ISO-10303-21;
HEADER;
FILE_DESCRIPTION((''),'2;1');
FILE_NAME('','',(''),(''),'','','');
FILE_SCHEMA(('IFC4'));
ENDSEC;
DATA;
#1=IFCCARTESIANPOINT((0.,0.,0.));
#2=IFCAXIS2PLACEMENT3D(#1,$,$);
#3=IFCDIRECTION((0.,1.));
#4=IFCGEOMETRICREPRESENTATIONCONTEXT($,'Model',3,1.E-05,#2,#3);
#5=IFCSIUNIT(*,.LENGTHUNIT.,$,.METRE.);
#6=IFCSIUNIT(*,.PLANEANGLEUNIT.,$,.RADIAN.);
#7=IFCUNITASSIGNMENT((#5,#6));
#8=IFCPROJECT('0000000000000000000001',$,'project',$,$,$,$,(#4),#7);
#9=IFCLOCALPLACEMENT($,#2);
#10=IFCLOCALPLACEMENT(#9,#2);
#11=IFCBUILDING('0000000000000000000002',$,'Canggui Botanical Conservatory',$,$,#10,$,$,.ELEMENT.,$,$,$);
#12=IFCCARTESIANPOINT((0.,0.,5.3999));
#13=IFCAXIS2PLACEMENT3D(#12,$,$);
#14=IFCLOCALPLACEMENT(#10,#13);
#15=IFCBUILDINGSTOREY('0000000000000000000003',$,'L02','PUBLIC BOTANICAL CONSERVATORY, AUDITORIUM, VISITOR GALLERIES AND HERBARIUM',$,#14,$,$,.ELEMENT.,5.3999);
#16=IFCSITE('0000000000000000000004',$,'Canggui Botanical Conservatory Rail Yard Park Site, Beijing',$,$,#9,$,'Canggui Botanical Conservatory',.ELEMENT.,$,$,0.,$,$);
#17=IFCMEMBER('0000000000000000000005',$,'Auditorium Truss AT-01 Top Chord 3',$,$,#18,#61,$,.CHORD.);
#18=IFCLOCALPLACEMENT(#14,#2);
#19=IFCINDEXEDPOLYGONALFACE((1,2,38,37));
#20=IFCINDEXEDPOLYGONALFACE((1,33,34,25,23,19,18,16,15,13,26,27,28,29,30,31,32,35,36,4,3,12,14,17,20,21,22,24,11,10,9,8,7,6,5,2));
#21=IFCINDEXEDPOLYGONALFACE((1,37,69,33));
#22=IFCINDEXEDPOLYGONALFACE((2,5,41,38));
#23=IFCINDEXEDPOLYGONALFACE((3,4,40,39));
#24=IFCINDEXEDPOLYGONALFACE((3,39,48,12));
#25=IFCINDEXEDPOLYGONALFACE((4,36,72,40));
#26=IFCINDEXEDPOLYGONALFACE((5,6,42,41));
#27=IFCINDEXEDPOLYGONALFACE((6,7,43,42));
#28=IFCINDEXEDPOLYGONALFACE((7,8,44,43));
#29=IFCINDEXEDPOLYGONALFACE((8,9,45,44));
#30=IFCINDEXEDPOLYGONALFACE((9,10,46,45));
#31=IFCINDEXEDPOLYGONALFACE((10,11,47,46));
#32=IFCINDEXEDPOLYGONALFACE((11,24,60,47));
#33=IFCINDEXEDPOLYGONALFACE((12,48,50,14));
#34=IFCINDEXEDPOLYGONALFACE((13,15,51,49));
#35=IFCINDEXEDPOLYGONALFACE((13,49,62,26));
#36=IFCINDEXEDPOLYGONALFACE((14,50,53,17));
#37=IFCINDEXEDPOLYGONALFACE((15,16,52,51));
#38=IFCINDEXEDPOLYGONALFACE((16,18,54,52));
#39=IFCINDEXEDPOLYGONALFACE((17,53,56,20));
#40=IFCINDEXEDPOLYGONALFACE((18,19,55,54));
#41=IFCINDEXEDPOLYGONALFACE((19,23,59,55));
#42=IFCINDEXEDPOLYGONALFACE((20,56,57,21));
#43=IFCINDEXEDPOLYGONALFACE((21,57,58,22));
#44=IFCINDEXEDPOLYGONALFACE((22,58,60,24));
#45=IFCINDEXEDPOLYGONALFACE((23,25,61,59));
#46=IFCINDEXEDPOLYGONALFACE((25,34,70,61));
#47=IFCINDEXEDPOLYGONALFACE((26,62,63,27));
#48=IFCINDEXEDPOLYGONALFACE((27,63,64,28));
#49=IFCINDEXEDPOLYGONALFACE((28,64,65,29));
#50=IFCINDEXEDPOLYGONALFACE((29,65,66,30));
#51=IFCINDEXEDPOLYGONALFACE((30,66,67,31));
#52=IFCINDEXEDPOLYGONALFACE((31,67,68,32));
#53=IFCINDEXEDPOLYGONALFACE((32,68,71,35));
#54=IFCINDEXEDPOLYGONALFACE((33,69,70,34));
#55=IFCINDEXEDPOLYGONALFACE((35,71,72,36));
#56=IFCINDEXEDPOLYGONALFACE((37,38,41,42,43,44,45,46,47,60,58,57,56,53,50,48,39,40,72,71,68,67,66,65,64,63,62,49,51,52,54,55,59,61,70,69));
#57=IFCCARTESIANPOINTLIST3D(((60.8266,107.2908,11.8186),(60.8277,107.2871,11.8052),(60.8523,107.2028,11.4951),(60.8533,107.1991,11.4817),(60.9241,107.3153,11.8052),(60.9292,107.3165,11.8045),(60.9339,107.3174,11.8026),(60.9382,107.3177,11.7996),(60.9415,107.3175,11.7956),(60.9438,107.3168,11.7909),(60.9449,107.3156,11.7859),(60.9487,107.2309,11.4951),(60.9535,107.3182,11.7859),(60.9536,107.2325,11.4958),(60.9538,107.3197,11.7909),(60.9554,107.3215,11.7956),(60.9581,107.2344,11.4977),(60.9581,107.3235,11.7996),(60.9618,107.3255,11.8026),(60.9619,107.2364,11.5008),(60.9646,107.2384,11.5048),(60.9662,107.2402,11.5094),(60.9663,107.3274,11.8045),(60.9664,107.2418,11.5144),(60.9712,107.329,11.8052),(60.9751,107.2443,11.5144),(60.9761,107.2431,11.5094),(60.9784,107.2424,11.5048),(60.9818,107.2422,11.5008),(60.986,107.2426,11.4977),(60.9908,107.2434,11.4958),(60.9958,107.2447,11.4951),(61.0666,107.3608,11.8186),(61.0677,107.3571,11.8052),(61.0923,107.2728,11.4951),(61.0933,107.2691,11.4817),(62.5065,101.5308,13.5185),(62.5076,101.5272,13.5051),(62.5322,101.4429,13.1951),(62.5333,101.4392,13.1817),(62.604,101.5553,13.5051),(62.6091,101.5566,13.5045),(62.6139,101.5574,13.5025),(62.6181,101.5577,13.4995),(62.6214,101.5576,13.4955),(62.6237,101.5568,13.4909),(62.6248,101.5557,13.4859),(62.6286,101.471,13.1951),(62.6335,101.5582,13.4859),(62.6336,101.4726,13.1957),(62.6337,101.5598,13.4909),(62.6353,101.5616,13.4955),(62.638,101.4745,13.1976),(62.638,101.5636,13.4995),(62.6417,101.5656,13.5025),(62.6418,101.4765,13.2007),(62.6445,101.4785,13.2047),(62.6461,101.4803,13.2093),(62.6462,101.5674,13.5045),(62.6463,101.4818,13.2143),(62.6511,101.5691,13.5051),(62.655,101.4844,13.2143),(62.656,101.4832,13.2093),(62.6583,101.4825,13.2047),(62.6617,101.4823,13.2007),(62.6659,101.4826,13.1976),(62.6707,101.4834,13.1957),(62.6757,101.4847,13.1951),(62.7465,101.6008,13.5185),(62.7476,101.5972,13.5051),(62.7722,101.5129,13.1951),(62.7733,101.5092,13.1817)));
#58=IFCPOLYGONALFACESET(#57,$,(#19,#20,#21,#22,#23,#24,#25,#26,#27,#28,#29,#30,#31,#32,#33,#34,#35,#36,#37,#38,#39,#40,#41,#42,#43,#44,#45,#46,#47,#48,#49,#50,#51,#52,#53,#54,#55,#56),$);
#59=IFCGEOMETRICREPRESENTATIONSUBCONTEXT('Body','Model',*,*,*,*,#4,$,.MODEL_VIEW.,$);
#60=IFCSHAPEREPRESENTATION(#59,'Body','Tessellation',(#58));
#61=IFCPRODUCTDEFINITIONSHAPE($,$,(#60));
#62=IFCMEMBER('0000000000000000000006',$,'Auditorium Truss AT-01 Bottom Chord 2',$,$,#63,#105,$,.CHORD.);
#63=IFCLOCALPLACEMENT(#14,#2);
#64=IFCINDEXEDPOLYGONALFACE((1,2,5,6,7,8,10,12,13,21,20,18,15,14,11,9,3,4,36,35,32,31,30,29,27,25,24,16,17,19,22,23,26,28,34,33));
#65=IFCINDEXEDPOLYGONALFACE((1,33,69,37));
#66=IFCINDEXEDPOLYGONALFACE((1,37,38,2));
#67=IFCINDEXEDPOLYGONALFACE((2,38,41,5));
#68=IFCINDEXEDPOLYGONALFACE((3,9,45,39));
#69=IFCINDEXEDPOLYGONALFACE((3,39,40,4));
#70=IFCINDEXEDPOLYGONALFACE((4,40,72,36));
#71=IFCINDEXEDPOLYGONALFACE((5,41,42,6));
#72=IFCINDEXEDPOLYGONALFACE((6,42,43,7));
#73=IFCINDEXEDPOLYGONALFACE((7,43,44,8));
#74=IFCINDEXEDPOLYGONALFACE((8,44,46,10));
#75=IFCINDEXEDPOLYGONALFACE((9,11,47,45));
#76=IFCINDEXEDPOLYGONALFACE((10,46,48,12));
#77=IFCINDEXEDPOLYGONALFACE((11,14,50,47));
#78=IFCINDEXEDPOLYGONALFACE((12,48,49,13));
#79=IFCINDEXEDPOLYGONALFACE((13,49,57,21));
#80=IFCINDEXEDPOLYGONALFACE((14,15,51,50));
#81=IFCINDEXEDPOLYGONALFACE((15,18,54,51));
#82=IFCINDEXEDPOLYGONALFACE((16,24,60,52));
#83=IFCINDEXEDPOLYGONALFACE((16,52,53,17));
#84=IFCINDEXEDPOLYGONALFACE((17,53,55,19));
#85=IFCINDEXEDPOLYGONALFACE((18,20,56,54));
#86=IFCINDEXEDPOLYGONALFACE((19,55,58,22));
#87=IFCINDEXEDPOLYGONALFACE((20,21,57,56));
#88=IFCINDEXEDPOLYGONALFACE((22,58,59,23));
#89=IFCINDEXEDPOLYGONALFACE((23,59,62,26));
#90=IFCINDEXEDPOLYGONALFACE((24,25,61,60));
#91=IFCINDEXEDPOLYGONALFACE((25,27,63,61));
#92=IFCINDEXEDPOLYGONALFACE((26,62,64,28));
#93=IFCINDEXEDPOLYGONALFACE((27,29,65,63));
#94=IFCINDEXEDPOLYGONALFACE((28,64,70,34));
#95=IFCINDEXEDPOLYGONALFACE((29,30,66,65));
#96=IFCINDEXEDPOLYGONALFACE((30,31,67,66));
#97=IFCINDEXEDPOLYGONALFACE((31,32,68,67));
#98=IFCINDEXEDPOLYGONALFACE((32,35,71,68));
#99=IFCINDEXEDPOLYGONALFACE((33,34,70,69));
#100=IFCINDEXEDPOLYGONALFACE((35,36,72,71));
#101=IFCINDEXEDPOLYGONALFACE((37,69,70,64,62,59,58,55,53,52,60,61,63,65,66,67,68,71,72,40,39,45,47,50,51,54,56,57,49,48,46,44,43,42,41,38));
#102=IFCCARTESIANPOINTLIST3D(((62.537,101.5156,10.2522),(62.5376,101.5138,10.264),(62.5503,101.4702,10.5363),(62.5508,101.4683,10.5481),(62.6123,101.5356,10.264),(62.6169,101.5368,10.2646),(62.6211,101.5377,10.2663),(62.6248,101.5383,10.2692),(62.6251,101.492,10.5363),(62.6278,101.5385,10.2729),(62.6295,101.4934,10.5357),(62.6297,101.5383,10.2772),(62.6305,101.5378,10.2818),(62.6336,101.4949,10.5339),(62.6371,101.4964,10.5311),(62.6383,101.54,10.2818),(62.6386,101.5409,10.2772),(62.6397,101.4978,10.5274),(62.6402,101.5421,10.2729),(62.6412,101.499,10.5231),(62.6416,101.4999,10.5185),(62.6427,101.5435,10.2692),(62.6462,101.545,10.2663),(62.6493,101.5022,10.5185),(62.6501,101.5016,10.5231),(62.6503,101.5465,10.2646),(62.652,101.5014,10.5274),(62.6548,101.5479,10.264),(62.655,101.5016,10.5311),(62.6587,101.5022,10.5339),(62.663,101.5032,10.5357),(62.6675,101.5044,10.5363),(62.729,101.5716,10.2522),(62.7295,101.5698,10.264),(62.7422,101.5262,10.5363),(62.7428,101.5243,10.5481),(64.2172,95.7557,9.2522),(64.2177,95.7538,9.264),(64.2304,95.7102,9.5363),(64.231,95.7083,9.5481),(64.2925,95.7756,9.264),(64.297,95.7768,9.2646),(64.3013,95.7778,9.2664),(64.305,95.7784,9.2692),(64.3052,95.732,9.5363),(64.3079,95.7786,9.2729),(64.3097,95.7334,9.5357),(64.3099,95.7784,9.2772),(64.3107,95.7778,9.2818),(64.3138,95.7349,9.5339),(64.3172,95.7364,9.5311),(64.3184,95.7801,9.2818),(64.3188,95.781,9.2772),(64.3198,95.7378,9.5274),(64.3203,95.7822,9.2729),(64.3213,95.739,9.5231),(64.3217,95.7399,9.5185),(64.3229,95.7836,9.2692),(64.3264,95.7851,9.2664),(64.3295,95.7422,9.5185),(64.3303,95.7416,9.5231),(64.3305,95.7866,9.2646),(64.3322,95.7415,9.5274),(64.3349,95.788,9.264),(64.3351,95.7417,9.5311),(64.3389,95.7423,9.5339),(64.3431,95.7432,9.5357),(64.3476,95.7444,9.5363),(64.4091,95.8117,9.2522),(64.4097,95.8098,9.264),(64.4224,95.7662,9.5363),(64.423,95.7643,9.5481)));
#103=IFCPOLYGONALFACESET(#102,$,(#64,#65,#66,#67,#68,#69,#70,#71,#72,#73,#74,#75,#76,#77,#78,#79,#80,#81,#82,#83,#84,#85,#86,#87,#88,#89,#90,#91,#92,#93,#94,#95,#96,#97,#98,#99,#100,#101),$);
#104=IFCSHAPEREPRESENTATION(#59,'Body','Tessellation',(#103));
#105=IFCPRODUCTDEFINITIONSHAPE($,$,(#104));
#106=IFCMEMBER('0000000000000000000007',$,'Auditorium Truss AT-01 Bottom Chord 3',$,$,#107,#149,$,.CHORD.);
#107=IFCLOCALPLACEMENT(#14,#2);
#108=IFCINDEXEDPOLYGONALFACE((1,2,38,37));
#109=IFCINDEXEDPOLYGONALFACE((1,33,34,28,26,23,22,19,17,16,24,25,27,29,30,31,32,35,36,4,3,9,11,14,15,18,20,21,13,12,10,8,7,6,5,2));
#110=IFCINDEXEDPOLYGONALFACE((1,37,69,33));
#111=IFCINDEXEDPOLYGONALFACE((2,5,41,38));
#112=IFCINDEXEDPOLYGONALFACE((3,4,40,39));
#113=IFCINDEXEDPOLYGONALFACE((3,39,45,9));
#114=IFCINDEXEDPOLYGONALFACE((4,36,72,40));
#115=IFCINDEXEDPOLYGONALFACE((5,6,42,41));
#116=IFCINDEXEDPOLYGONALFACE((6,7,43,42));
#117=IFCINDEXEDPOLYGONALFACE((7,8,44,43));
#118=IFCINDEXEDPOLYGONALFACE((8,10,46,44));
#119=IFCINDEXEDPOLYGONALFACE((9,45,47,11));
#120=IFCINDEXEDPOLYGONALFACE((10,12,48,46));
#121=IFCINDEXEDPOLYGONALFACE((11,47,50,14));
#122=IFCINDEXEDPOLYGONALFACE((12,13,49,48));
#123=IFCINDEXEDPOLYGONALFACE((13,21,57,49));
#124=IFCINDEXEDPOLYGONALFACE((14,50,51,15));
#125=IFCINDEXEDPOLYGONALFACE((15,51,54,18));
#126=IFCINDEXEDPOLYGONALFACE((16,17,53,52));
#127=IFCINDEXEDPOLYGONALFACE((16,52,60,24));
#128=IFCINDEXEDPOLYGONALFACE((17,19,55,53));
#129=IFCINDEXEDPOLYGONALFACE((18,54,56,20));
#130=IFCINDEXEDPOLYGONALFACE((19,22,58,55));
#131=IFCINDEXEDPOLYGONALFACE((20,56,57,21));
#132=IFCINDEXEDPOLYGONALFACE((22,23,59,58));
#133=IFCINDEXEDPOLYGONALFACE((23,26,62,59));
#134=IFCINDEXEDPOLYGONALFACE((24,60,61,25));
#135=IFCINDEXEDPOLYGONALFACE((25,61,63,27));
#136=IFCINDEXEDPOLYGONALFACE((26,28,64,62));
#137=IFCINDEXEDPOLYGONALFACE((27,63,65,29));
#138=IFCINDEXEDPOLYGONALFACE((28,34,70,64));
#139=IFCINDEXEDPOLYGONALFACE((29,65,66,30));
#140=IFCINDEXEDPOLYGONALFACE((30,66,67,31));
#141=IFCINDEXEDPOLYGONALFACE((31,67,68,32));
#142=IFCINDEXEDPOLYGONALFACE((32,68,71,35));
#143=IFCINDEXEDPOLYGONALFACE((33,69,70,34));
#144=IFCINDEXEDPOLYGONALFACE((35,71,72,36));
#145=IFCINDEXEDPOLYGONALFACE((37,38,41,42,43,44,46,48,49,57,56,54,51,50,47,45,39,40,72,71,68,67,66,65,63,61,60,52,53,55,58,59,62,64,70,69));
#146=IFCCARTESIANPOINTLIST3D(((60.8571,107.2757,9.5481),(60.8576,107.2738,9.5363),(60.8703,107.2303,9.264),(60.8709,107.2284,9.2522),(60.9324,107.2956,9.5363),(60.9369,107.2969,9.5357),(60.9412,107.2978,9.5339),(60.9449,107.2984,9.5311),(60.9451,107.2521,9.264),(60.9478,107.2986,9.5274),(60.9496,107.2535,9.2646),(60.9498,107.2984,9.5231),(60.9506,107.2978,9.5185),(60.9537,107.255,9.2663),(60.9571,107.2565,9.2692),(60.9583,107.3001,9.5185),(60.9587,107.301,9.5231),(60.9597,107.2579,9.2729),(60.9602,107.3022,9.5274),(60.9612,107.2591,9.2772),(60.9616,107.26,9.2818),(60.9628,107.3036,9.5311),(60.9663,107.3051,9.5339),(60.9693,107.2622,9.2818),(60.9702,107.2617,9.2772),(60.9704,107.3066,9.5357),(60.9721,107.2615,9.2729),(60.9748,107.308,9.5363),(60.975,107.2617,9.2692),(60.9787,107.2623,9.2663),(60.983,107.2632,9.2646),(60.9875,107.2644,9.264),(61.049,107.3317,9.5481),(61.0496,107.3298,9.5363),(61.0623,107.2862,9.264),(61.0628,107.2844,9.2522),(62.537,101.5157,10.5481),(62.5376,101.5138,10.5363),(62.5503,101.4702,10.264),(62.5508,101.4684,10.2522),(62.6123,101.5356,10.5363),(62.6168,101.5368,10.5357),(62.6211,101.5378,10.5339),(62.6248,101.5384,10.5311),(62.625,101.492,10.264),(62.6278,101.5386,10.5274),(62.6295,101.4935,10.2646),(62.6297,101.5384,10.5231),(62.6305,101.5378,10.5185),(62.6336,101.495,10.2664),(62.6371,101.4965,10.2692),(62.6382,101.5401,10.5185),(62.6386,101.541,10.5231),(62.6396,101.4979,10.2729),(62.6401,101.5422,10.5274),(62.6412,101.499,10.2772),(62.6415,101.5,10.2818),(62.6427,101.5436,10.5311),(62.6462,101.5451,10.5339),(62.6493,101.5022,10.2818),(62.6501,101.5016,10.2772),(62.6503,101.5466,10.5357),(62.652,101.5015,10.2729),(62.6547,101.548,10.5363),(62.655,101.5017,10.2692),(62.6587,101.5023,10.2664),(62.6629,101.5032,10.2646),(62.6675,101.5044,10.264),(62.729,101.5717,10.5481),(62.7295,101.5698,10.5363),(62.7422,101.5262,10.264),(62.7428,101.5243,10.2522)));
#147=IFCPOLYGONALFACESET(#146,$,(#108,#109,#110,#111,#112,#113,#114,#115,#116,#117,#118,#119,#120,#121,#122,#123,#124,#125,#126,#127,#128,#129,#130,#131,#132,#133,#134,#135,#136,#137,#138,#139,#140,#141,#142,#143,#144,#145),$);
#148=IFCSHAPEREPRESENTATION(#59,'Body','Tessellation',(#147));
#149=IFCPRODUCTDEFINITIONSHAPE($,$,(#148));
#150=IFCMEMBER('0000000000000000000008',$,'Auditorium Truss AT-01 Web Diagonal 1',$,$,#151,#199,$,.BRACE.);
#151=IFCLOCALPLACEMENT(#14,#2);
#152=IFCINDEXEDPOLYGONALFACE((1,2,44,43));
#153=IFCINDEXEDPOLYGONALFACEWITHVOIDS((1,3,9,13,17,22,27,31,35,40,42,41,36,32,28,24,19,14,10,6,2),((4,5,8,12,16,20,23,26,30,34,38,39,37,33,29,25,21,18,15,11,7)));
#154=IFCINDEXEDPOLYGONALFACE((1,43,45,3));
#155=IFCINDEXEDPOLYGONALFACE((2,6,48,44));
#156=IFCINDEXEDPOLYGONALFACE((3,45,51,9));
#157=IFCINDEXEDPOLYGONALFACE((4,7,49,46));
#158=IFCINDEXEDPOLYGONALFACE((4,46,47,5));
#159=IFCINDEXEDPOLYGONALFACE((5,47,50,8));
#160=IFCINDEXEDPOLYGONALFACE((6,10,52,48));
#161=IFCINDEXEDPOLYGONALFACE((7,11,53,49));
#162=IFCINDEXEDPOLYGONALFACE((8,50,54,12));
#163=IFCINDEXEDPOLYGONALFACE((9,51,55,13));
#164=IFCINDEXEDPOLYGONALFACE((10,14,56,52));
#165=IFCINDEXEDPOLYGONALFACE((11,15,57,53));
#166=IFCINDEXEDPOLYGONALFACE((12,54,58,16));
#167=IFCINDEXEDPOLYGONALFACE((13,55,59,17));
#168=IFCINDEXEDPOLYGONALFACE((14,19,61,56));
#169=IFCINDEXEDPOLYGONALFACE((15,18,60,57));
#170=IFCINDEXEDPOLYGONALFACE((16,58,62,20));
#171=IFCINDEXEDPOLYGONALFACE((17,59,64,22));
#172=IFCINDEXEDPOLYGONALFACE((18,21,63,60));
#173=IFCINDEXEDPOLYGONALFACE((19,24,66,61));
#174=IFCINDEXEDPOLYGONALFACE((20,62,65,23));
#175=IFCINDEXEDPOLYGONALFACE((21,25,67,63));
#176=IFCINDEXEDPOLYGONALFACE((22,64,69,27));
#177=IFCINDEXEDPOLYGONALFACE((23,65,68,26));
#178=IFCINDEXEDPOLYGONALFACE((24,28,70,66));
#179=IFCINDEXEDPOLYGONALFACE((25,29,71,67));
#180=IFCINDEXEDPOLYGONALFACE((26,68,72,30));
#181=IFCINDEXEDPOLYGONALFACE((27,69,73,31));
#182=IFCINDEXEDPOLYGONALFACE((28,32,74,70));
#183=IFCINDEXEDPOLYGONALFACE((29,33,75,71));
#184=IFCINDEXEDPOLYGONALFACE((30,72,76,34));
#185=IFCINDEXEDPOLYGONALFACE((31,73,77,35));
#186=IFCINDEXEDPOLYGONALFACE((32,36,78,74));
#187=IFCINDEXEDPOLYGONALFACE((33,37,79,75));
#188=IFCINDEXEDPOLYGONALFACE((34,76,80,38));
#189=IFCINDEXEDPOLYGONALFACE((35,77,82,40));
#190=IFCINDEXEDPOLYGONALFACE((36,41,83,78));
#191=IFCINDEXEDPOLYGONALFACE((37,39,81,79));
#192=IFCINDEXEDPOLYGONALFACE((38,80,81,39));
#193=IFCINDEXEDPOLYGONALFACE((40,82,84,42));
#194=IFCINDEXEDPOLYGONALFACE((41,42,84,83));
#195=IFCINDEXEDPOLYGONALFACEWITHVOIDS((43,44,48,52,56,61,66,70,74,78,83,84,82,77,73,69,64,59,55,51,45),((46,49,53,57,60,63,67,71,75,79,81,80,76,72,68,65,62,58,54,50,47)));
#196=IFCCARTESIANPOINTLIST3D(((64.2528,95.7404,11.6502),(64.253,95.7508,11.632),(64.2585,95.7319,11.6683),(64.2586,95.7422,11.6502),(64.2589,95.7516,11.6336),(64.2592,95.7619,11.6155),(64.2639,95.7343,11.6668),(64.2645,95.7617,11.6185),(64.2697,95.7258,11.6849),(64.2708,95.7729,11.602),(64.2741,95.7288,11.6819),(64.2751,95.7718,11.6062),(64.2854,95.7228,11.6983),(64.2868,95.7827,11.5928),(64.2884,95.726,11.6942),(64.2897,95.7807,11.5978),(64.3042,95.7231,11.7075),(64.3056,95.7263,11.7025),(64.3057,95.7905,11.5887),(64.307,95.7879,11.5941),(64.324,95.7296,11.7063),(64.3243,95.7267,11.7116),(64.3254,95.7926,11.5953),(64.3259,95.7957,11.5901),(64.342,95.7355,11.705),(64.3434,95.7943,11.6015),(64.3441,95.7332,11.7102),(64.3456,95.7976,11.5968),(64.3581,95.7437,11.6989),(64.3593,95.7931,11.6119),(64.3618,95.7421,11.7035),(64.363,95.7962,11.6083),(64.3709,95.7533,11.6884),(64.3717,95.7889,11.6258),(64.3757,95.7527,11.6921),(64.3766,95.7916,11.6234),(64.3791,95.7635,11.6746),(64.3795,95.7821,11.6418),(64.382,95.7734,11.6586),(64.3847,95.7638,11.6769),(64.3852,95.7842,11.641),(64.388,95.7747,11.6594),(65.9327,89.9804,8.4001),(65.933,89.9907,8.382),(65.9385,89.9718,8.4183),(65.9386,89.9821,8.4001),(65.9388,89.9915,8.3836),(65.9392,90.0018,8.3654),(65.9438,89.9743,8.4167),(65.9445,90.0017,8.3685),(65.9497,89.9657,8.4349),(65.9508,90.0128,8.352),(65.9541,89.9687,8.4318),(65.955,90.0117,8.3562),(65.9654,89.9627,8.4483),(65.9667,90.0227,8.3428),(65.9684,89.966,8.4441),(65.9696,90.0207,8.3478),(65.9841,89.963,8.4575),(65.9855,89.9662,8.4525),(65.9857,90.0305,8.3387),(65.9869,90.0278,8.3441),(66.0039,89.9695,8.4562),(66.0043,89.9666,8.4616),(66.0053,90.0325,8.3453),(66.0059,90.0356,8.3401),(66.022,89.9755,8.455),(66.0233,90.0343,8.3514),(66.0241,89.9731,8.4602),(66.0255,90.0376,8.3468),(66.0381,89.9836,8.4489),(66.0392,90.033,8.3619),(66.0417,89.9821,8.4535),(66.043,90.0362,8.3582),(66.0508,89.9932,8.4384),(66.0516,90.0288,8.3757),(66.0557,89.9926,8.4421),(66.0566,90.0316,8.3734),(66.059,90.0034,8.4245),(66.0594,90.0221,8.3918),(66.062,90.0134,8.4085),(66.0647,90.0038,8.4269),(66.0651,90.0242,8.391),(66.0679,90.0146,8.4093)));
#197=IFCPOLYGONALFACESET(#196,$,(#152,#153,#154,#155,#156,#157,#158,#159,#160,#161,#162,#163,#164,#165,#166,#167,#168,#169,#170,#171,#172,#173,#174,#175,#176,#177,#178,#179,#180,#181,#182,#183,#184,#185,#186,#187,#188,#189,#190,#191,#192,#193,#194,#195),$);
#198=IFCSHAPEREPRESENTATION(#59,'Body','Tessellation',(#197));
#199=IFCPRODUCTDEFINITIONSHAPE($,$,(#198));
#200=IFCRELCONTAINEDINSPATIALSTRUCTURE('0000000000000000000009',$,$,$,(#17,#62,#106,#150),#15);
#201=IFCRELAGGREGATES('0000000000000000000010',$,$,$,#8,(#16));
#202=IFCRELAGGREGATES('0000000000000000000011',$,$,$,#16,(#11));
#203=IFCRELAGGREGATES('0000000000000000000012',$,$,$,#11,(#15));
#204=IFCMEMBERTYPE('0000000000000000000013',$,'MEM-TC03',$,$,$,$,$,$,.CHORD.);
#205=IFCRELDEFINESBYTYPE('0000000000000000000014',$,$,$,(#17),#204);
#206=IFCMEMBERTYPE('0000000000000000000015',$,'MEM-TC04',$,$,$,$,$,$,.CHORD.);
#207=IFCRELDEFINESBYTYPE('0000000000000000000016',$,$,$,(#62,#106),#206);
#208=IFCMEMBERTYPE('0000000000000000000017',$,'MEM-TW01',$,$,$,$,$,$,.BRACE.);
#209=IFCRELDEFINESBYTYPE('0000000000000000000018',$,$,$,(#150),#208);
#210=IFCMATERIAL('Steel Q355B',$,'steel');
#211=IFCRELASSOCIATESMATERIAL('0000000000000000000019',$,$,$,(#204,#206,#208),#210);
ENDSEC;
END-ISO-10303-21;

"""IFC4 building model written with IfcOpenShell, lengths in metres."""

from ifc_helpers import new_model, si_unit, direction, frame, origin, origin_2d, place, context, subcontext, project, spatial, hollow_circle, i_section, extrude, material, material_profile, profile_set, type_object, element, save


model = new_model("IFC4")

# Units and contexts
model_context = context("Model", 3, precision=1e-05, world=origin(), true_north=direction((0.0, 1.0)))
body_context = subcontext(model_context, "Body", "Model", "MODEL_VIEW")
ifc_project = project(units=[si_unit("LENGTHUNIT", "METRE"), si_unit("PLANEANGLEUNIT", "RADIAN")], contexts=[model_context])

# Site, building, storey
site_placement = place(None, origin())
site = spatial("IfcSite", under=ifc_project, at=site_placement, Name="Canggui Botanical Conservatory Rail Yard Park Site, Beijing", LongName="Canggui Botanical Conservatory", CompositionType="ELEMENT", RefElevation=0.0)
building_placement = place(site_placement, origin())
building = spatial("IfcBuilding", under=site, at=building_placement, Name="Canggui Botanical Conservatory", CompositionType="ELEMENT")
storey_placement = place(building_placement, frame((0.0, 0.0, 5.3999)))
storey = spatial("IfcBuildingStorey", under=building, at=storey_placement, Name="L02", Description="PUBLIC BOTANICAL CONSERVATORY, AUDITORIUM, VISITOR GALLERIES AND HERBARIUM", CompositionType="ELEMENT", Elevation=5.3999)

# Members
ifc_material_1 = material(Name="Steel Q355B", Category="steel")
ifc_material_profile_1 = material_profile(ifc_material_1, i_section(OverallWidth=0.25, OverallDepth=0.3501, WebThickness=0.009, FlangeThickness=0.0139, FilletRadius=0.02, at=origin_2d()), Name="HM 350x250x9x14")
ifc_profile_set_1 = profile_set([ifc_material_profile_1], Name="Steel Q355B")
member_type_1 = type_object("IfcMemberType", Name="MEM-TC03", PredefinedType="CHORD", material=ifc_profile_set_1)
member_1_placement = place(storey_placement, frame((62.6399, 101.52, 13.3501), z_axis=(-0.269386, 0.923647, -0.272596), x_axis=(-0.960003, -0.279989, 0.0)))
element("IfcMember", 1, at=member_1_placement, inside=storey, type_object=member_type_1, Name="Auditorium Truss AT-01 Top Chord 3", PredefinedType="CHORD", context=body_context, shape_type="SweptSolid", body=[
    extrude(i_section(OverallWidth=0.25, OverallDepth=0.3501, WebThickness=0.009, FlangeThickness=0.0139, FilletRadius=0.02, at=origin_2d()), origin(), (0.0, 0.0, 1.0), 6.2361),
])
ifc_material_profile_2 = material_profile(ifc_material_1, i_section(OverallWidth=0.2, OverallDepth=0.3, WebThickness=0.0081, FlangeThickness=0.012, FilletRadius=0.0181, at=origin_2d()), Name="HM 300x200x8x12")
ifc_profile_set_2 = profile_set([ifc_material_profile_2], Name="Steel Q355B")
member_type_2 = type_object("IfcMemberType", Name="MEM-TC04", PredefinedType="CHORD", material=ifc_profile_set_2)
for number, where, z_axis, x_axis, name in (
    (2, (64.3201, 95.76, 9.4001), (-0.276217, 0.946931, 0.164397), (-0.959992, -0.280027, 0.0), "Auditorium Truss AT-01 Bottom Chord 2"),
    (3, (62.6399, 101.52, 10.4001), (-0.276179, 0.946941, -0.164399), (-0.960003, -0.279989, 0.0), "Auditorium Truss AT-01 Bottom Chord 3"),
):
    element("IfcMember", number, at=place(storey_placement, frame(where, z_axis=z_axis, x_axis=x_axis)), inside=storey, type_object=member_type_2, Name=name, PredefinedType="CHORD", context=body_context, shape_type="SweptSolid", body=[
        extrude(i_section(OverallWidth=0.2, OverallDepth=0.3, WebThickness=0.0081, FlangeThickness=0.012, FilletRadius=0.0181, at=origin_2d()), origin(), (0.0, 0.0, 1.0), 6.0828),
    ])
ifc_material_profile_3 = material_profile(ifc_material_1, hollow_circle(Radius=0.0701, WallThickness=0.0061, at=origin_2d()), Name="CHS 140x6")
ifc_profile_set_3 = profile_set([ifc_material_profile_3], Name="Steel Q355B")
member_type_3 = type_object("IfcMemberType", Name="MEM-TW01", PredefinedType="BRACE", material=ifc_profile_set_3)
member_2_placement = place(storey_placement, frame((66.0, 90.0, 8.4001), z_axis=(-0.246192, 0.844123, 0.476284), x_axis=(-0.960003, -0.279989, 0.0)))
element("IfcMember", 4, at=member_2_placement, inside=storey, type_object=member_type_3, Name="Auditorium Truss AT-01 Web Diagonal 1", PredefinedType="BRACE", context=body_context, shape_type="SweptSolid", body=[
    extrude(hollow_circle(Radius=0.0701, WallThickness=0.0061, at=origin_2d()), origin(), (0.0, 0.0, 1.0), 6.8237),
])

save(model, "model.ifc")
